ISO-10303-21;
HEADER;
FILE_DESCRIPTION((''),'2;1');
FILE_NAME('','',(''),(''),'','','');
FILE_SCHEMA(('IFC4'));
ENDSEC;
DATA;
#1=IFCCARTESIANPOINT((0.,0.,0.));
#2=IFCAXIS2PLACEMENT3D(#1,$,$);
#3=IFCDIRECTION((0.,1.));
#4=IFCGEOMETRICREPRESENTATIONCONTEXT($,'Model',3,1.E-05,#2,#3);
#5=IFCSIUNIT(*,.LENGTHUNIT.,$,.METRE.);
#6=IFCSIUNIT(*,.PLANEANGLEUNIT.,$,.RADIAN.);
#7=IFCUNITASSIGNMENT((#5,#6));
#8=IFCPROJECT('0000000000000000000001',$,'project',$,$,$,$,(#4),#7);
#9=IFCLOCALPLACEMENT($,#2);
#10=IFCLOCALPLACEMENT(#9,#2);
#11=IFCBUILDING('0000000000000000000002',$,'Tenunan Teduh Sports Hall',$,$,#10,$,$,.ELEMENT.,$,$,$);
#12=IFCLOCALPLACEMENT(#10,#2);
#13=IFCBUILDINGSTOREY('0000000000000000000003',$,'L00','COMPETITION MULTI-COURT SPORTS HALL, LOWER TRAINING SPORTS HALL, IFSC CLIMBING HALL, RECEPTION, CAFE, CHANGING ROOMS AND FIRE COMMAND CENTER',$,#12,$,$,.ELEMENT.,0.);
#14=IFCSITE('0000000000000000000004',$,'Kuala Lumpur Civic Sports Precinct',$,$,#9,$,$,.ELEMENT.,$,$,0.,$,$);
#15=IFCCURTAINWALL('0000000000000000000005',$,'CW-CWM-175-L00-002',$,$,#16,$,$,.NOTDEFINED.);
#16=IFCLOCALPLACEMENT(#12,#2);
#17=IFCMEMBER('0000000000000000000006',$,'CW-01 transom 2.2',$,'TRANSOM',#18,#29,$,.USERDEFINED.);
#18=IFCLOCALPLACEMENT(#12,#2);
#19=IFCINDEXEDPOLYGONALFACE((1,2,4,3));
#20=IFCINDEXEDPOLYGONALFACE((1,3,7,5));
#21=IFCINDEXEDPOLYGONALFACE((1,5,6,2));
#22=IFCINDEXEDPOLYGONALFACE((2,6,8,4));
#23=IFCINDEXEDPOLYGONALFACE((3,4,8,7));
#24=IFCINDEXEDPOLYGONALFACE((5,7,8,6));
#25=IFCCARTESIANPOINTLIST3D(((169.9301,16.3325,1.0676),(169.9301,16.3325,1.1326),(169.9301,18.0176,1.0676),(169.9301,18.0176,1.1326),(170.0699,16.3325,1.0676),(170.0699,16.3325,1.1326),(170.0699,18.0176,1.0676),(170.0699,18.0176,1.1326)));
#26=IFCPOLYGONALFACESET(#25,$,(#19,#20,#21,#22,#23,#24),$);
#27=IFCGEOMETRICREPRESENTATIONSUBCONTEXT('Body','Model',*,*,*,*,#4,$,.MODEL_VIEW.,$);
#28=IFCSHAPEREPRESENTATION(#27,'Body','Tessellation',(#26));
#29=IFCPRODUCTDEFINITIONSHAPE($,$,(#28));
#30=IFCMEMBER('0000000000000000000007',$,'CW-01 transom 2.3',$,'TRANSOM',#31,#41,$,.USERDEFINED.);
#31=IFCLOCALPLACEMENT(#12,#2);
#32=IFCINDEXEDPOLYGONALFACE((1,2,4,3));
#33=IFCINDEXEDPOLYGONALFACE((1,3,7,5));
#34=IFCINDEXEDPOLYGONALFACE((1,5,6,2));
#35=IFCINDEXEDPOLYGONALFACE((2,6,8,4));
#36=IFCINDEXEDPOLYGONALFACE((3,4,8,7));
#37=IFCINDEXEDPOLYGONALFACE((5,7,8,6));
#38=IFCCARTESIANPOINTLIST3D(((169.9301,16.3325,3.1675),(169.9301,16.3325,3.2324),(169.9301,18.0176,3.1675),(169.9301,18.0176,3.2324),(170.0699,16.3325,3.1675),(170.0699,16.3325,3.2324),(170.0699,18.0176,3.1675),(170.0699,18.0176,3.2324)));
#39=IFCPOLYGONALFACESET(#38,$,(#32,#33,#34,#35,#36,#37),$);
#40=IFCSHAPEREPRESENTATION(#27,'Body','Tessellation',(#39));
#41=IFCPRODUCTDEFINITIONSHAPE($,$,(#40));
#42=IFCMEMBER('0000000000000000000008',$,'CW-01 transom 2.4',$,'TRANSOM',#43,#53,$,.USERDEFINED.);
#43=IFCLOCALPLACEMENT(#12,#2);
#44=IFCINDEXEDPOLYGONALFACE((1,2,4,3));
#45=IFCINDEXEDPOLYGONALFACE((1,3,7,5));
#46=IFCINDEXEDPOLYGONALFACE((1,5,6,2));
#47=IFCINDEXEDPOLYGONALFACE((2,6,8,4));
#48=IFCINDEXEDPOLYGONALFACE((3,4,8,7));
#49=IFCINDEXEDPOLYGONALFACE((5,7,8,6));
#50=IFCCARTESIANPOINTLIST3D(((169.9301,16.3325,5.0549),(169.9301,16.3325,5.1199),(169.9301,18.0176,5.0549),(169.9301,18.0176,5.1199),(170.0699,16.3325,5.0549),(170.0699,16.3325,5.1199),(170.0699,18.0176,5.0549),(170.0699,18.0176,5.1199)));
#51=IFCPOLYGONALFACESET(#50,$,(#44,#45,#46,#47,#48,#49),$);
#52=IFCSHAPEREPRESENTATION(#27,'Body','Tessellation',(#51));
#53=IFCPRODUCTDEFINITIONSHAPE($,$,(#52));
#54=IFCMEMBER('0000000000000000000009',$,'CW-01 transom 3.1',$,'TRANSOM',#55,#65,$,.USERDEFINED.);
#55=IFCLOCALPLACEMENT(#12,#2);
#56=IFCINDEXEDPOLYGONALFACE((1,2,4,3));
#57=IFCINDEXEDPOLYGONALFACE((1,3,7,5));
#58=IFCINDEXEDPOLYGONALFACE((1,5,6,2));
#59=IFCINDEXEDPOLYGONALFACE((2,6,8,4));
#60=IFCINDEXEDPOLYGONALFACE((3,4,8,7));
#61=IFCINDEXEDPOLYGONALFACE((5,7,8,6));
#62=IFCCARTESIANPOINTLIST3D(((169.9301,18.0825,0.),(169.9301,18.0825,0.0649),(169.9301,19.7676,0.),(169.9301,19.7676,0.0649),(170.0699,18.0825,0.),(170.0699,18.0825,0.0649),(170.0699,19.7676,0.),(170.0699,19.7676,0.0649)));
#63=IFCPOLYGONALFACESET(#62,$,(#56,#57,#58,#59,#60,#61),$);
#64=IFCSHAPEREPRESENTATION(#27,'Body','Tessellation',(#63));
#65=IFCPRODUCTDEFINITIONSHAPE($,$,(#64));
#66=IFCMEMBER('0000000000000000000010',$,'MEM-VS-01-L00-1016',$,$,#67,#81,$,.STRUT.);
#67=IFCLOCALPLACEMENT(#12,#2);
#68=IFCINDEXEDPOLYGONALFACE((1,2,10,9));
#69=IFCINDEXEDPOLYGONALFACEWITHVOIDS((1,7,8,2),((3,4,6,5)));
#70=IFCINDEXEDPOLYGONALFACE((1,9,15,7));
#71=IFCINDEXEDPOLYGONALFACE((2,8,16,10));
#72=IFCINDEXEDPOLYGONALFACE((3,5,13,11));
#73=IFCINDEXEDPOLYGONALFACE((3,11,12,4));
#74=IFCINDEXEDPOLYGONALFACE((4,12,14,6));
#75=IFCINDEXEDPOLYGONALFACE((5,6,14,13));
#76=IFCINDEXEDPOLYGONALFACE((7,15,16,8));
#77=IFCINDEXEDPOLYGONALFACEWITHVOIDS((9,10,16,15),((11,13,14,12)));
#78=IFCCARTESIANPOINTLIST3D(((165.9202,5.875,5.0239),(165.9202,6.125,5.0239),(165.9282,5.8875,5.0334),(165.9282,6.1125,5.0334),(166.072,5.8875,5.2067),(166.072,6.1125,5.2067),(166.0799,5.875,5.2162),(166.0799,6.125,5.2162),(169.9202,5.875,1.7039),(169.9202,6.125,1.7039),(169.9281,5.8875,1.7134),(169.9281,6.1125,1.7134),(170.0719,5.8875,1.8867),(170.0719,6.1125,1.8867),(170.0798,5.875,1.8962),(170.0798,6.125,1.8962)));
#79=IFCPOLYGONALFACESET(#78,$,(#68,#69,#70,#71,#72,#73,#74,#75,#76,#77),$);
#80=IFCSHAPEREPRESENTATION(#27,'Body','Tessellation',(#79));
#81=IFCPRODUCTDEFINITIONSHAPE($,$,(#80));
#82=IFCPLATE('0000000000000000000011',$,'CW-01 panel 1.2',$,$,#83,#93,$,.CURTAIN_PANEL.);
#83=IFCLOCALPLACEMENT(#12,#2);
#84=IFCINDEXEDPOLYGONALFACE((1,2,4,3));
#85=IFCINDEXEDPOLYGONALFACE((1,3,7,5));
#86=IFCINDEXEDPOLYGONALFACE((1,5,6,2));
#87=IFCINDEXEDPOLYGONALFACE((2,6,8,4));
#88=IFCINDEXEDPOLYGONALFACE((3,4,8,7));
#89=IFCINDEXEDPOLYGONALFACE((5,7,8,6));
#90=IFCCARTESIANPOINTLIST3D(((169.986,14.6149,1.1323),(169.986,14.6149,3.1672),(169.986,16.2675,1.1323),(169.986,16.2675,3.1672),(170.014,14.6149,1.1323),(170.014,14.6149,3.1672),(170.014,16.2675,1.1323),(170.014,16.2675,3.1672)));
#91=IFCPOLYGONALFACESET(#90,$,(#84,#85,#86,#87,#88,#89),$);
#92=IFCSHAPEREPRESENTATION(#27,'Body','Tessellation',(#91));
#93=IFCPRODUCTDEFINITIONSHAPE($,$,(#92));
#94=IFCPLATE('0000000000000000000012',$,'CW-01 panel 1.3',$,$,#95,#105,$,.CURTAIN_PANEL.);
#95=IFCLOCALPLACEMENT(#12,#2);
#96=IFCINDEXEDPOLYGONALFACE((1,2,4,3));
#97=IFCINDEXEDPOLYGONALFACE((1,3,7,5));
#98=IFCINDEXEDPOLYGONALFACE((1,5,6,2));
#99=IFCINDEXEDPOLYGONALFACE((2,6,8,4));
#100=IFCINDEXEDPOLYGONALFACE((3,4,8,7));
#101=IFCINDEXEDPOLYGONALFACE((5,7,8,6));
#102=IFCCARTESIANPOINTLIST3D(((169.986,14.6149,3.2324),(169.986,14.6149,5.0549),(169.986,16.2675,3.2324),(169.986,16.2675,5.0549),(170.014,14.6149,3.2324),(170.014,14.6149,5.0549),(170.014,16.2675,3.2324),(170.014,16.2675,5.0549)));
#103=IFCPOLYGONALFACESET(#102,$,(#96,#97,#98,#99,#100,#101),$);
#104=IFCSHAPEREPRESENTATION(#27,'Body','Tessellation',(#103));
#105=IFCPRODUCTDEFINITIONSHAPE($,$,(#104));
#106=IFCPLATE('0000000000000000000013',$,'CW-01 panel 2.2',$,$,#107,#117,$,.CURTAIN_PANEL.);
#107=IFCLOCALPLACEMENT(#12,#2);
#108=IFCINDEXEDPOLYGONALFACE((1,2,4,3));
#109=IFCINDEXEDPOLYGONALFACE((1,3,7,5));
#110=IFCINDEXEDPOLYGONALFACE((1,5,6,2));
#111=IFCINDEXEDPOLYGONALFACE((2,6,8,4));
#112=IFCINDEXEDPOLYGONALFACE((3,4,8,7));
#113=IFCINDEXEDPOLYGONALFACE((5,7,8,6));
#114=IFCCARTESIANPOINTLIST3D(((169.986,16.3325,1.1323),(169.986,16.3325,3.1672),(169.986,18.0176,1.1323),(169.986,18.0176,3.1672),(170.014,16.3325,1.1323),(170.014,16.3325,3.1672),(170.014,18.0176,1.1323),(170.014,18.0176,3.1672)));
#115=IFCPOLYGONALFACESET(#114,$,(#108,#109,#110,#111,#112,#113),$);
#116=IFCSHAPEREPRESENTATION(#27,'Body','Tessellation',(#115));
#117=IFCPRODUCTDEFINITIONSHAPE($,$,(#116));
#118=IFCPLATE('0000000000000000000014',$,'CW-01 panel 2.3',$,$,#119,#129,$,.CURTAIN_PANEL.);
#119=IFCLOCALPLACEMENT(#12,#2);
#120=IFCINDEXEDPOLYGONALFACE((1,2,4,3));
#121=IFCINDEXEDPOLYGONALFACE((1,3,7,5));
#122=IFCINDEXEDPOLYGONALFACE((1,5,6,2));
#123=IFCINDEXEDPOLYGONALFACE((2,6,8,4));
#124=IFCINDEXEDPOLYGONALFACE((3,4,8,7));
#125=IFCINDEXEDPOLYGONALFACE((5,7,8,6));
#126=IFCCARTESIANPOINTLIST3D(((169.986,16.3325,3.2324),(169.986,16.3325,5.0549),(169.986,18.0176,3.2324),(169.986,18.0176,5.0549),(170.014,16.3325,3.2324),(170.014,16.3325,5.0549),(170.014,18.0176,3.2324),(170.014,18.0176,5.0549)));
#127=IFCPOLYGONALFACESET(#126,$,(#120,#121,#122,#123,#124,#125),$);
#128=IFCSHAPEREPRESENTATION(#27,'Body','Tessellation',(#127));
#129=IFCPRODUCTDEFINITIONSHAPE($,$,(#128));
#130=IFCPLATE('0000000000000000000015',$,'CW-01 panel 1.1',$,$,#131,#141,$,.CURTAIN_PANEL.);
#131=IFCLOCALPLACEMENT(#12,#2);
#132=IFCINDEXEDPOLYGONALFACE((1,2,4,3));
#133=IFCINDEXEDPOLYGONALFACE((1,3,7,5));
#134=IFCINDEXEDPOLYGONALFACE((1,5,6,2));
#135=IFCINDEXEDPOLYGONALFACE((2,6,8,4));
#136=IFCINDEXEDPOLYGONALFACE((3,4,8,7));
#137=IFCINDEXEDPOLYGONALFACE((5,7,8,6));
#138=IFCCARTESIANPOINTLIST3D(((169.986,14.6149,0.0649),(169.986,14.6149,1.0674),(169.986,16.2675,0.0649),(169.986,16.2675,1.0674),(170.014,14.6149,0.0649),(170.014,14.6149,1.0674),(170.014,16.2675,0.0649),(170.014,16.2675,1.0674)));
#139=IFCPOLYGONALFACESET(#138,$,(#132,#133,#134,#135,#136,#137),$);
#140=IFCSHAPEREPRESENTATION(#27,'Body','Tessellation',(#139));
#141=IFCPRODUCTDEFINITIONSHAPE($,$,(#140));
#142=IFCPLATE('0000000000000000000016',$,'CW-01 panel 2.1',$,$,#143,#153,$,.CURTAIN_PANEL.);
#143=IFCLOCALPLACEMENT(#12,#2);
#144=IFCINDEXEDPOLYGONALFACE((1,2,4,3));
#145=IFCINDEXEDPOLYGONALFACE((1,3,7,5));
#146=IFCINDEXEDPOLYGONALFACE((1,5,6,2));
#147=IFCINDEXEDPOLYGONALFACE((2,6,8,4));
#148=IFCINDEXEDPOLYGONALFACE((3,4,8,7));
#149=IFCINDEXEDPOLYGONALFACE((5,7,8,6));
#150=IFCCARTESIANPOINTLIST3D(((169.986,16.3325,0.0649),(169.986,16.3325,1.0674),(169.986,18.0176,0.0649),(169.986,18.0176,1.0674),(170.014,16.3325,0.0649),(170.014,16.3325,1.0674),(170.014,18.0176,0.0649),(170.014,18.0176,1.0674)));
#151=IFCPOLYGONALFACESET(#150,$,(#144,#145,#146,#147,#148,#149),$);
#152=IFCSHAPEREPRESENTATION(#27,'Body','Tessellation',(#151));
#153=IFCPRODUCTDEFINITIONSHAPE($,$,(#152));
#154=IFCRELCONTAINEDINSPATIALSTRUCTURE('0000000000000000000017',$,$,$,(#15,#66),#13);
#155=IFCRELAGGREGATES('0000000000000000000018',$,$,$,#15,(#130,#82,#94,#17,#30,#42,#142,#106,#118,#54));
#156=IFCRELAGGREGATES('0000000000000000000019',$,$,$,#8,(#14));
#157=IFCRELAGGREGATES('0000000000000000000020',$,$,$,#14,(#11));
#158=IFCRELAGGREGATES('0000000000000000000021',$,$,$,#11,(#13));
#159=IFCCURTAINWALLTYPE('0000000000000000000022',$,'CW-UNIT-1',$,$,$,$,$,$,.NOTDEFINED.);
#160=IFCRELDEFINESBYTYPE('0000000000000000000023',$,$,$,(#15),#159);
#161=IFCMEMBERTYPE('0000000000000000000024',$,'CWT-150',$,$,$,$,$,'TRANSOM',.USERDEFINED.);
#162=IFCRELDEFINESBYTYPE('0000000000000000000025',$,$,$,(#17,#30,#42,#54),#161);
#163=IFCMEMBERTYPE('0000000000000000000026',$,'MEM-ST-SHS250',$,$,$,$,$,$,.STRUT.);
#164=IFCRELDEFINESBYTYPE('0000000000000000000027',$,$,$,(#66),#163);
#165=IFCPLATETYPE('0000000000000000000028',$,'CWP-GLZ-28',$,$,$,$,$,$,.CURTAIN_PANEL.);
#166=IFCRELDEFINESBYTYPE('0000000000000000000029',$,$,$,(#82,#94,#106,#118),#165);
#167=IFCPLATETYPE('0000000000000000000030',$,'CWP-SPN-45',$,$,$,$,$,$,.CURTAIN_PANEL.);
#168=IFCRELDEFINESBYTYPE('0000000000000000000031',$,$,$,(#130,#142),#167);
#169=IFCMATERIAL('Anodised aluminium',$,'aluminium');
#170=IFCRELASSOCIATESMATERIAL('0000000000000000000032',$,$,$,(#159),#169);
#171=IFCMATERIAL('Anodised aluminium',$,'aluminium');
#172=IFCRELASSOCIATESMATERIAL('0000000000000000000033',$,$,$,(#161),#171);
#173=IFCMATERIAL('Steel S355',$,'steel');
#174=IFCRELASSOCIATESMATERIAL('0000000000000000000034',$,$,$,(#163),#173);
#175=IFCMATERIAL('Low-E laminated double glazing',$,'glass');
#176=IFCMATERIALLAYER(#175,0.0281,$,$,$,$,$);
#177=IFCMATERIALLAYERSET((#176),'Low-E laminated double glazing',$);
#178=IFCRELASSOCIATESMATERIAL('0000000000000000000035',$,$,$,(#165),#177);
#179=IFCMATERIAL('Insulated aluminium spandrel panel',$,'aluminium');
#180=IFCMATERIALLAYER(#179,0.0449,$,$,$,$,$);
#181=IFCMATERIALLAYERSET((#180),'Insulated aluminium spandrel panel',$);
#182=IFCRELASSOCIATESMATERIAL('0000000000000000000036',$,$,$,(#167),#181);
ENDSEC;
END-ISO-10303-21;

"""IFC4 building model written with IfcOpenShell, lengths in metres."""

from ifc_helpers import new_model, si_unit, direction, frame, origin, origin_2d, place, context, subcontext, project, spatial, rectangle, hollow_rectangle, extrude, material, layer, layer_set, material_profile, profile_set, type_object, element, aggregate, save


model = new_model("IFC4")

# Units and contexts
model_context = context("Model", 3, precision=1e-05, world=origin(), true_north=direction((0.0, 1.0)))
body_context = subcontext(model_context, "Body", "Model", "MODEL_VIEW")
ifc_project = project(units=[si_unit("LENGTHUNIT", "METRE"), si_unit("PLANEANGLEUNIT", "RADIAN")], contexts=[model_context])

# Site, building, storey
site_placement = place(None, origin())
site = spatial("IfcSite", under=ifc_project, at=site_placement, Name="Kuala Lumpur Civic Sports Precinct", CompositionType="ELEMENT", RefElevation=0.0)
building_placement = place(site_placement, origin())
building = spatial("IfcBuilding", under=site, at=building_placement, Name="Tenunan Teduh Sports Hall", CompositionType="ELEMENT")
storey_placement = place(building_placement, origin())
storey = spatial("IfcBuildingStorey", under=building, at=storey_placement, Name="L00", Description="COMPETITION MULTI-COURT SPORTS HALL, LOWER TRAINING SPORTS HALL, IFSC CLIMBING HALL, RECEPTION, CAFE, CHANGING ROOMS AND FIRE COMMAND CENTER", CompositionType="ELEMENT", Elevation=0.0)

# Curtain wall, members
ifc_material_1 = material(Name="Anodised aluminium", Category="aluminium")
curtain_wall_type = type_object("IfcCurtainWallType", Name="CW-UNIT-1", PredefinedType="NOTDEFINED", material=ifc_material_1)
curtain_wall_placement = place(storey_placement, origin())
curtain_wall = element("IfcCurtainWall", 1, at=curtain_wall_placement, inside=storey, type_object=curtain_wall_type, Name="CW-CWM-175-L00-002", PredefinedType="NOTDEFINED")
ifc_material_2 = material(Name="Anodised aluminium", Category="aluminium")
ifc_material_profile_1 = material_profile(ifc_material_2, rectangle(XDim=0.0649, YDim=0.1399, at=origin_2d()), Name="CWT 65x140")
ifc_profile_set_1 = profile_set([ifc_material_profile_1], Name="Anodised aluminium")
member_type_1 = type_object("IfcMemberType", Name="CWT-150", ElementType="TRANSOM", PredefinedType="USERDEFINED", material=ifc_profile_set_1)
member_1_placement = place(storey_placement, frame((170.0, 16.3325, 1.1001), z_axis=(0.0, 1.0, 0.0), x_axis=(0.0, 0.0, 1.0)))
member_1 = element("IfcMember", 2, at=member_1_placement, type_object=member_type_1, Name="CW-01 transom 2.2", ObjectType="TRANSOM", PredefinedType="USERDEFINED", context=body_context, shape_type="SweptSolid", body=[
    extrude(rectangle(XDim=0.0649, YDim=0.1399, at=origin_2d()), origin(), (0.0, 0.0, 1.0), 1.6851),
])
member_2_placement = place(storey_placement, frame((170.0, 16.3325, 3.2), z_axis=(0.0, 1.0, 0.0), x_axis=(0.0, 0.0, 1.0)))
member_2 = element("IfcMember", 3, at=member_2_placement, type_object=member_type_1, Name="CW-01 transom 2.3", ObjectType="TRANSOM", PredefinedType="USERDEFINED", context=body_context, shape_type="SweptSolid", body=[
    extrude(rectangle(XDim=0.0649, YDim=0.1399, at=origin_2d()), origin(), (0.0, 0.0, 1.0), 1.6851),
])
member_3_placement = place(storey_placement, frame((170.0, 16.3325, 5.0874), z_axis=(0.0, 1.0, 0.0), x_axis=(0.0, 0.0, 1.0)))
member_3 = element("IfcMember", 4, at=member_3_placement, type_object=member_type_1, Name="CW-01 transom 2.4", ObjectType="TRANSOM", PredefinedType="USERDEFINED", context=body_context, shape_type="SweptSolid", body=[
    extrude(rectangle(XDim=0.0649, YDim=0.1399, at=origin_2d()), origin(), (0.0, 0.0, 1.0), 1.6851),
])
member_4_placement = place(storey_placement, frame((170.0, 18.0825, 0.0325), z_axis=(0.0, 1.0, 0.0), x_axis=(0.0, 0.0, 1.0)))
member_4 = element("IfcMember", 5, at=member_4_placement, type_object=member_type_1, Name="CW-01 transom 3.1", ObjectType="TRANSOM", PredefinedType="USERDEFINED", context=body_context, shape_type="SweptSolid", body=[
    extrude(rectangle(XDim=0.0649, YDim=0.1399, at=origin_2d()), origin(), (0.0, 0.0, 1.0), 1.6851),
])

# Member
ifc_material_3 = material(Name="Steel S355", Category="steel")
ifc_material_profile_2 = material_profile(ifc_material_3, hollow_rectangle(XDim=0.25, YDim=0.25, WallThickness=0.0125, at=origin_2d()), Name="SHS 250x250x12.5")
ifc_profile_set_2 = profile_set([ifc_material_profile_2], Name="Steel S355")
member_type_2 = type_object("IfcMemberType", Name="MEM-ST-SHS250", PredefinedType="STRUT", material=ifc_profile_set_2)
member_5_placement = place(storey_placement, frame((170.0, 6.0, 1.8), z_axis=(-0.769475, 0.0, 0.638677), x_axis=(0.0, -1.0, 0.0)))
element("IfcMember", 6, at=member_5_placement, inside=storey, type_object=member_type_2, Name="MEM-VS-01-L00-1016", PredefinedType="STRUT", context=body_context, shape_type="SweptSolid", body=[
    extrude(hollow_rectangle(XDim=0.25, YDim=0.25, WallThickness=0.0125, at=origin_2d()), origin(), (0.0, 0.0, 1.0), 5.1982),
])

# Plates
ifc_material_4 = material(Name="Low-E laminated double glazing", Category="glass")
ifc_layer_1 = layer(ifc_material_4, 0.0281)
ifc_layer_set_1 = layer_set([ifc_layer_1], Name="Low-E laminated double glazing")
plate_type_1 = type_object("IfcPlateType", Name="CWP-GLZ-28", PredefinedType="CURTAIN_PANEL", material=ifc_layer_set_1)
plate_1_placement = place(storey_placement, frame((170.0, 15.4412, 1.1323), z_axis=(0.0, 0.0, 1.0), x_axis=(0.0, 1.0, 0.0)))
plate_1 = element("IfcPlate", 7, at=plate_1_placement, type_object=plate_type_1, Name="CW-01 panel 1.2", PredefinedType="CURTAIN_PANEL", context=body_context, shape_type="SweptSolid", body=[
    extrude(rectangle(XDim=1.6526, YDim=0.0281, at=origin_2d()), origin(), (0.0, 0.0, 1.0), 2.0349),
])
plate_2_placement = place(storey_placement, frame((170.0, 15.4412, 3.2324), z_axis=(0.0, 0.0, 1.0), x_axis=(0.0, 1.0, 0.0)))
plate_2 = element("IfcPlate", 8, at=plate_2_placement, type_object=plate_type_1, Name="CW-01 panel 1.3", PredefinedType="CURTAIN_PANEL", context=body_context, shape_type="SweptSolid", body=[
    extrude(rectangle(XDim=1.6526, YDim=0.0281, at=origin_2d()), origin(), (0.0, 0.0, 1.0), 1.8225),
])
plate_3_placement = place(storey_placement, frame((170.0, 17.175, 1.1323), z_axis=(0.0, 0.0, 1.0), x_axis=(0.0, 1.0, 0.0)))
plate_3 = element("IfcPlate", 9, at=plate_3_placement, type_object=plate_type_1, Name="CW-01 panel 2.2", PredefinedType="CURTAIN_PANEL", context=body_context, shape_type="SweptSolid", body=[
    extrude(rectangle(XDim=1.6851, YDim=0.0281, at=origin_2d()), origin(), (0.0, 0.0, 1.0), 2.0349),
])
plate_4_placement = place(storey_placement, frame((170.0, 17.175, 3.2324), z_axis=(0.0, 0.0, 1.0), x_axis=(0.0, 1.0, 0.0)))
plate_4 = element("IfcPlate", 10, at=plate_4_placement, type_object=plate_type_1, Name="CW-01 panel 2.3", PredefinedType="CURTAIN_PANEL", context=body_context, shape_type="SweptSolid", body=[
    extrude(rectangle(XDim=1.6851, YDim=0.0281, at=origin_2d()), origin(), (0.0, 0.0, 1.0), 1.8225),
])
ifc_material_5 = material(Name="Insulated aluminium spandrel panel", Category="aluminium")
ifc_layer_2 = layer(ifc_material_5, 0.0449)
ifc_layer_set_2 = layer_set([ifc_layer_2], Name="Insulated aluminium spandrel panel")
plate_type_2 = type_object("IfcPlateType", Name="CWP-SPN-45", PredefinedType="CURTAIN_PANEL", material=ifc_layer_set_2)
plate_5_placement = place(storey_placement, frame((170.0, 15.4412, 0.0649), z_axis=(0.0, 0.0, 1.0), x_axis=(0.0, 1.0, 0.0)))
plate_5 = element("IfcPlate", 11, at=plate_5_placement, type_object=plate_type_2, Name="CW-01 panel 1.1", PredefinedType="CURTAIN_PANEL", context=body_context, shape_type="SweptSolid", body=[
    extrude(rectangle(XDim=1.6526, YDim=0.0281, at=origin_2d()), origin(), (0.0, 0.0, 1.0), 1.0024),
])
plate_6_placement = place(storey_placement, frame((170.0, 17.175, 0.0649), z_axis=(0.0, 0.0, 1.0), x_axis=(0.0, 1.0, 0.0)))
plate_6 = element("IfcPlate", 12, at=plate_6_placement, type_object=plate_type_2, Name="CW-01 panel 2.1", PredefinedType="CURTAIN_PANEL", context=body_context, shape_type="SweptSolid", body=[
    extrude(rectangle(XDim=1.6851, YDim=0.0281, at=origin_2d()), origin(), (0.0, 0.0, 1.0), 1.0024),
])
aggregate(curtain_wall, [plate_5, plate_1, plate_2, member_1, member_2, member_3, plate_6, plate_3, plate_4, member_4])

save(model, "model.ifc")
